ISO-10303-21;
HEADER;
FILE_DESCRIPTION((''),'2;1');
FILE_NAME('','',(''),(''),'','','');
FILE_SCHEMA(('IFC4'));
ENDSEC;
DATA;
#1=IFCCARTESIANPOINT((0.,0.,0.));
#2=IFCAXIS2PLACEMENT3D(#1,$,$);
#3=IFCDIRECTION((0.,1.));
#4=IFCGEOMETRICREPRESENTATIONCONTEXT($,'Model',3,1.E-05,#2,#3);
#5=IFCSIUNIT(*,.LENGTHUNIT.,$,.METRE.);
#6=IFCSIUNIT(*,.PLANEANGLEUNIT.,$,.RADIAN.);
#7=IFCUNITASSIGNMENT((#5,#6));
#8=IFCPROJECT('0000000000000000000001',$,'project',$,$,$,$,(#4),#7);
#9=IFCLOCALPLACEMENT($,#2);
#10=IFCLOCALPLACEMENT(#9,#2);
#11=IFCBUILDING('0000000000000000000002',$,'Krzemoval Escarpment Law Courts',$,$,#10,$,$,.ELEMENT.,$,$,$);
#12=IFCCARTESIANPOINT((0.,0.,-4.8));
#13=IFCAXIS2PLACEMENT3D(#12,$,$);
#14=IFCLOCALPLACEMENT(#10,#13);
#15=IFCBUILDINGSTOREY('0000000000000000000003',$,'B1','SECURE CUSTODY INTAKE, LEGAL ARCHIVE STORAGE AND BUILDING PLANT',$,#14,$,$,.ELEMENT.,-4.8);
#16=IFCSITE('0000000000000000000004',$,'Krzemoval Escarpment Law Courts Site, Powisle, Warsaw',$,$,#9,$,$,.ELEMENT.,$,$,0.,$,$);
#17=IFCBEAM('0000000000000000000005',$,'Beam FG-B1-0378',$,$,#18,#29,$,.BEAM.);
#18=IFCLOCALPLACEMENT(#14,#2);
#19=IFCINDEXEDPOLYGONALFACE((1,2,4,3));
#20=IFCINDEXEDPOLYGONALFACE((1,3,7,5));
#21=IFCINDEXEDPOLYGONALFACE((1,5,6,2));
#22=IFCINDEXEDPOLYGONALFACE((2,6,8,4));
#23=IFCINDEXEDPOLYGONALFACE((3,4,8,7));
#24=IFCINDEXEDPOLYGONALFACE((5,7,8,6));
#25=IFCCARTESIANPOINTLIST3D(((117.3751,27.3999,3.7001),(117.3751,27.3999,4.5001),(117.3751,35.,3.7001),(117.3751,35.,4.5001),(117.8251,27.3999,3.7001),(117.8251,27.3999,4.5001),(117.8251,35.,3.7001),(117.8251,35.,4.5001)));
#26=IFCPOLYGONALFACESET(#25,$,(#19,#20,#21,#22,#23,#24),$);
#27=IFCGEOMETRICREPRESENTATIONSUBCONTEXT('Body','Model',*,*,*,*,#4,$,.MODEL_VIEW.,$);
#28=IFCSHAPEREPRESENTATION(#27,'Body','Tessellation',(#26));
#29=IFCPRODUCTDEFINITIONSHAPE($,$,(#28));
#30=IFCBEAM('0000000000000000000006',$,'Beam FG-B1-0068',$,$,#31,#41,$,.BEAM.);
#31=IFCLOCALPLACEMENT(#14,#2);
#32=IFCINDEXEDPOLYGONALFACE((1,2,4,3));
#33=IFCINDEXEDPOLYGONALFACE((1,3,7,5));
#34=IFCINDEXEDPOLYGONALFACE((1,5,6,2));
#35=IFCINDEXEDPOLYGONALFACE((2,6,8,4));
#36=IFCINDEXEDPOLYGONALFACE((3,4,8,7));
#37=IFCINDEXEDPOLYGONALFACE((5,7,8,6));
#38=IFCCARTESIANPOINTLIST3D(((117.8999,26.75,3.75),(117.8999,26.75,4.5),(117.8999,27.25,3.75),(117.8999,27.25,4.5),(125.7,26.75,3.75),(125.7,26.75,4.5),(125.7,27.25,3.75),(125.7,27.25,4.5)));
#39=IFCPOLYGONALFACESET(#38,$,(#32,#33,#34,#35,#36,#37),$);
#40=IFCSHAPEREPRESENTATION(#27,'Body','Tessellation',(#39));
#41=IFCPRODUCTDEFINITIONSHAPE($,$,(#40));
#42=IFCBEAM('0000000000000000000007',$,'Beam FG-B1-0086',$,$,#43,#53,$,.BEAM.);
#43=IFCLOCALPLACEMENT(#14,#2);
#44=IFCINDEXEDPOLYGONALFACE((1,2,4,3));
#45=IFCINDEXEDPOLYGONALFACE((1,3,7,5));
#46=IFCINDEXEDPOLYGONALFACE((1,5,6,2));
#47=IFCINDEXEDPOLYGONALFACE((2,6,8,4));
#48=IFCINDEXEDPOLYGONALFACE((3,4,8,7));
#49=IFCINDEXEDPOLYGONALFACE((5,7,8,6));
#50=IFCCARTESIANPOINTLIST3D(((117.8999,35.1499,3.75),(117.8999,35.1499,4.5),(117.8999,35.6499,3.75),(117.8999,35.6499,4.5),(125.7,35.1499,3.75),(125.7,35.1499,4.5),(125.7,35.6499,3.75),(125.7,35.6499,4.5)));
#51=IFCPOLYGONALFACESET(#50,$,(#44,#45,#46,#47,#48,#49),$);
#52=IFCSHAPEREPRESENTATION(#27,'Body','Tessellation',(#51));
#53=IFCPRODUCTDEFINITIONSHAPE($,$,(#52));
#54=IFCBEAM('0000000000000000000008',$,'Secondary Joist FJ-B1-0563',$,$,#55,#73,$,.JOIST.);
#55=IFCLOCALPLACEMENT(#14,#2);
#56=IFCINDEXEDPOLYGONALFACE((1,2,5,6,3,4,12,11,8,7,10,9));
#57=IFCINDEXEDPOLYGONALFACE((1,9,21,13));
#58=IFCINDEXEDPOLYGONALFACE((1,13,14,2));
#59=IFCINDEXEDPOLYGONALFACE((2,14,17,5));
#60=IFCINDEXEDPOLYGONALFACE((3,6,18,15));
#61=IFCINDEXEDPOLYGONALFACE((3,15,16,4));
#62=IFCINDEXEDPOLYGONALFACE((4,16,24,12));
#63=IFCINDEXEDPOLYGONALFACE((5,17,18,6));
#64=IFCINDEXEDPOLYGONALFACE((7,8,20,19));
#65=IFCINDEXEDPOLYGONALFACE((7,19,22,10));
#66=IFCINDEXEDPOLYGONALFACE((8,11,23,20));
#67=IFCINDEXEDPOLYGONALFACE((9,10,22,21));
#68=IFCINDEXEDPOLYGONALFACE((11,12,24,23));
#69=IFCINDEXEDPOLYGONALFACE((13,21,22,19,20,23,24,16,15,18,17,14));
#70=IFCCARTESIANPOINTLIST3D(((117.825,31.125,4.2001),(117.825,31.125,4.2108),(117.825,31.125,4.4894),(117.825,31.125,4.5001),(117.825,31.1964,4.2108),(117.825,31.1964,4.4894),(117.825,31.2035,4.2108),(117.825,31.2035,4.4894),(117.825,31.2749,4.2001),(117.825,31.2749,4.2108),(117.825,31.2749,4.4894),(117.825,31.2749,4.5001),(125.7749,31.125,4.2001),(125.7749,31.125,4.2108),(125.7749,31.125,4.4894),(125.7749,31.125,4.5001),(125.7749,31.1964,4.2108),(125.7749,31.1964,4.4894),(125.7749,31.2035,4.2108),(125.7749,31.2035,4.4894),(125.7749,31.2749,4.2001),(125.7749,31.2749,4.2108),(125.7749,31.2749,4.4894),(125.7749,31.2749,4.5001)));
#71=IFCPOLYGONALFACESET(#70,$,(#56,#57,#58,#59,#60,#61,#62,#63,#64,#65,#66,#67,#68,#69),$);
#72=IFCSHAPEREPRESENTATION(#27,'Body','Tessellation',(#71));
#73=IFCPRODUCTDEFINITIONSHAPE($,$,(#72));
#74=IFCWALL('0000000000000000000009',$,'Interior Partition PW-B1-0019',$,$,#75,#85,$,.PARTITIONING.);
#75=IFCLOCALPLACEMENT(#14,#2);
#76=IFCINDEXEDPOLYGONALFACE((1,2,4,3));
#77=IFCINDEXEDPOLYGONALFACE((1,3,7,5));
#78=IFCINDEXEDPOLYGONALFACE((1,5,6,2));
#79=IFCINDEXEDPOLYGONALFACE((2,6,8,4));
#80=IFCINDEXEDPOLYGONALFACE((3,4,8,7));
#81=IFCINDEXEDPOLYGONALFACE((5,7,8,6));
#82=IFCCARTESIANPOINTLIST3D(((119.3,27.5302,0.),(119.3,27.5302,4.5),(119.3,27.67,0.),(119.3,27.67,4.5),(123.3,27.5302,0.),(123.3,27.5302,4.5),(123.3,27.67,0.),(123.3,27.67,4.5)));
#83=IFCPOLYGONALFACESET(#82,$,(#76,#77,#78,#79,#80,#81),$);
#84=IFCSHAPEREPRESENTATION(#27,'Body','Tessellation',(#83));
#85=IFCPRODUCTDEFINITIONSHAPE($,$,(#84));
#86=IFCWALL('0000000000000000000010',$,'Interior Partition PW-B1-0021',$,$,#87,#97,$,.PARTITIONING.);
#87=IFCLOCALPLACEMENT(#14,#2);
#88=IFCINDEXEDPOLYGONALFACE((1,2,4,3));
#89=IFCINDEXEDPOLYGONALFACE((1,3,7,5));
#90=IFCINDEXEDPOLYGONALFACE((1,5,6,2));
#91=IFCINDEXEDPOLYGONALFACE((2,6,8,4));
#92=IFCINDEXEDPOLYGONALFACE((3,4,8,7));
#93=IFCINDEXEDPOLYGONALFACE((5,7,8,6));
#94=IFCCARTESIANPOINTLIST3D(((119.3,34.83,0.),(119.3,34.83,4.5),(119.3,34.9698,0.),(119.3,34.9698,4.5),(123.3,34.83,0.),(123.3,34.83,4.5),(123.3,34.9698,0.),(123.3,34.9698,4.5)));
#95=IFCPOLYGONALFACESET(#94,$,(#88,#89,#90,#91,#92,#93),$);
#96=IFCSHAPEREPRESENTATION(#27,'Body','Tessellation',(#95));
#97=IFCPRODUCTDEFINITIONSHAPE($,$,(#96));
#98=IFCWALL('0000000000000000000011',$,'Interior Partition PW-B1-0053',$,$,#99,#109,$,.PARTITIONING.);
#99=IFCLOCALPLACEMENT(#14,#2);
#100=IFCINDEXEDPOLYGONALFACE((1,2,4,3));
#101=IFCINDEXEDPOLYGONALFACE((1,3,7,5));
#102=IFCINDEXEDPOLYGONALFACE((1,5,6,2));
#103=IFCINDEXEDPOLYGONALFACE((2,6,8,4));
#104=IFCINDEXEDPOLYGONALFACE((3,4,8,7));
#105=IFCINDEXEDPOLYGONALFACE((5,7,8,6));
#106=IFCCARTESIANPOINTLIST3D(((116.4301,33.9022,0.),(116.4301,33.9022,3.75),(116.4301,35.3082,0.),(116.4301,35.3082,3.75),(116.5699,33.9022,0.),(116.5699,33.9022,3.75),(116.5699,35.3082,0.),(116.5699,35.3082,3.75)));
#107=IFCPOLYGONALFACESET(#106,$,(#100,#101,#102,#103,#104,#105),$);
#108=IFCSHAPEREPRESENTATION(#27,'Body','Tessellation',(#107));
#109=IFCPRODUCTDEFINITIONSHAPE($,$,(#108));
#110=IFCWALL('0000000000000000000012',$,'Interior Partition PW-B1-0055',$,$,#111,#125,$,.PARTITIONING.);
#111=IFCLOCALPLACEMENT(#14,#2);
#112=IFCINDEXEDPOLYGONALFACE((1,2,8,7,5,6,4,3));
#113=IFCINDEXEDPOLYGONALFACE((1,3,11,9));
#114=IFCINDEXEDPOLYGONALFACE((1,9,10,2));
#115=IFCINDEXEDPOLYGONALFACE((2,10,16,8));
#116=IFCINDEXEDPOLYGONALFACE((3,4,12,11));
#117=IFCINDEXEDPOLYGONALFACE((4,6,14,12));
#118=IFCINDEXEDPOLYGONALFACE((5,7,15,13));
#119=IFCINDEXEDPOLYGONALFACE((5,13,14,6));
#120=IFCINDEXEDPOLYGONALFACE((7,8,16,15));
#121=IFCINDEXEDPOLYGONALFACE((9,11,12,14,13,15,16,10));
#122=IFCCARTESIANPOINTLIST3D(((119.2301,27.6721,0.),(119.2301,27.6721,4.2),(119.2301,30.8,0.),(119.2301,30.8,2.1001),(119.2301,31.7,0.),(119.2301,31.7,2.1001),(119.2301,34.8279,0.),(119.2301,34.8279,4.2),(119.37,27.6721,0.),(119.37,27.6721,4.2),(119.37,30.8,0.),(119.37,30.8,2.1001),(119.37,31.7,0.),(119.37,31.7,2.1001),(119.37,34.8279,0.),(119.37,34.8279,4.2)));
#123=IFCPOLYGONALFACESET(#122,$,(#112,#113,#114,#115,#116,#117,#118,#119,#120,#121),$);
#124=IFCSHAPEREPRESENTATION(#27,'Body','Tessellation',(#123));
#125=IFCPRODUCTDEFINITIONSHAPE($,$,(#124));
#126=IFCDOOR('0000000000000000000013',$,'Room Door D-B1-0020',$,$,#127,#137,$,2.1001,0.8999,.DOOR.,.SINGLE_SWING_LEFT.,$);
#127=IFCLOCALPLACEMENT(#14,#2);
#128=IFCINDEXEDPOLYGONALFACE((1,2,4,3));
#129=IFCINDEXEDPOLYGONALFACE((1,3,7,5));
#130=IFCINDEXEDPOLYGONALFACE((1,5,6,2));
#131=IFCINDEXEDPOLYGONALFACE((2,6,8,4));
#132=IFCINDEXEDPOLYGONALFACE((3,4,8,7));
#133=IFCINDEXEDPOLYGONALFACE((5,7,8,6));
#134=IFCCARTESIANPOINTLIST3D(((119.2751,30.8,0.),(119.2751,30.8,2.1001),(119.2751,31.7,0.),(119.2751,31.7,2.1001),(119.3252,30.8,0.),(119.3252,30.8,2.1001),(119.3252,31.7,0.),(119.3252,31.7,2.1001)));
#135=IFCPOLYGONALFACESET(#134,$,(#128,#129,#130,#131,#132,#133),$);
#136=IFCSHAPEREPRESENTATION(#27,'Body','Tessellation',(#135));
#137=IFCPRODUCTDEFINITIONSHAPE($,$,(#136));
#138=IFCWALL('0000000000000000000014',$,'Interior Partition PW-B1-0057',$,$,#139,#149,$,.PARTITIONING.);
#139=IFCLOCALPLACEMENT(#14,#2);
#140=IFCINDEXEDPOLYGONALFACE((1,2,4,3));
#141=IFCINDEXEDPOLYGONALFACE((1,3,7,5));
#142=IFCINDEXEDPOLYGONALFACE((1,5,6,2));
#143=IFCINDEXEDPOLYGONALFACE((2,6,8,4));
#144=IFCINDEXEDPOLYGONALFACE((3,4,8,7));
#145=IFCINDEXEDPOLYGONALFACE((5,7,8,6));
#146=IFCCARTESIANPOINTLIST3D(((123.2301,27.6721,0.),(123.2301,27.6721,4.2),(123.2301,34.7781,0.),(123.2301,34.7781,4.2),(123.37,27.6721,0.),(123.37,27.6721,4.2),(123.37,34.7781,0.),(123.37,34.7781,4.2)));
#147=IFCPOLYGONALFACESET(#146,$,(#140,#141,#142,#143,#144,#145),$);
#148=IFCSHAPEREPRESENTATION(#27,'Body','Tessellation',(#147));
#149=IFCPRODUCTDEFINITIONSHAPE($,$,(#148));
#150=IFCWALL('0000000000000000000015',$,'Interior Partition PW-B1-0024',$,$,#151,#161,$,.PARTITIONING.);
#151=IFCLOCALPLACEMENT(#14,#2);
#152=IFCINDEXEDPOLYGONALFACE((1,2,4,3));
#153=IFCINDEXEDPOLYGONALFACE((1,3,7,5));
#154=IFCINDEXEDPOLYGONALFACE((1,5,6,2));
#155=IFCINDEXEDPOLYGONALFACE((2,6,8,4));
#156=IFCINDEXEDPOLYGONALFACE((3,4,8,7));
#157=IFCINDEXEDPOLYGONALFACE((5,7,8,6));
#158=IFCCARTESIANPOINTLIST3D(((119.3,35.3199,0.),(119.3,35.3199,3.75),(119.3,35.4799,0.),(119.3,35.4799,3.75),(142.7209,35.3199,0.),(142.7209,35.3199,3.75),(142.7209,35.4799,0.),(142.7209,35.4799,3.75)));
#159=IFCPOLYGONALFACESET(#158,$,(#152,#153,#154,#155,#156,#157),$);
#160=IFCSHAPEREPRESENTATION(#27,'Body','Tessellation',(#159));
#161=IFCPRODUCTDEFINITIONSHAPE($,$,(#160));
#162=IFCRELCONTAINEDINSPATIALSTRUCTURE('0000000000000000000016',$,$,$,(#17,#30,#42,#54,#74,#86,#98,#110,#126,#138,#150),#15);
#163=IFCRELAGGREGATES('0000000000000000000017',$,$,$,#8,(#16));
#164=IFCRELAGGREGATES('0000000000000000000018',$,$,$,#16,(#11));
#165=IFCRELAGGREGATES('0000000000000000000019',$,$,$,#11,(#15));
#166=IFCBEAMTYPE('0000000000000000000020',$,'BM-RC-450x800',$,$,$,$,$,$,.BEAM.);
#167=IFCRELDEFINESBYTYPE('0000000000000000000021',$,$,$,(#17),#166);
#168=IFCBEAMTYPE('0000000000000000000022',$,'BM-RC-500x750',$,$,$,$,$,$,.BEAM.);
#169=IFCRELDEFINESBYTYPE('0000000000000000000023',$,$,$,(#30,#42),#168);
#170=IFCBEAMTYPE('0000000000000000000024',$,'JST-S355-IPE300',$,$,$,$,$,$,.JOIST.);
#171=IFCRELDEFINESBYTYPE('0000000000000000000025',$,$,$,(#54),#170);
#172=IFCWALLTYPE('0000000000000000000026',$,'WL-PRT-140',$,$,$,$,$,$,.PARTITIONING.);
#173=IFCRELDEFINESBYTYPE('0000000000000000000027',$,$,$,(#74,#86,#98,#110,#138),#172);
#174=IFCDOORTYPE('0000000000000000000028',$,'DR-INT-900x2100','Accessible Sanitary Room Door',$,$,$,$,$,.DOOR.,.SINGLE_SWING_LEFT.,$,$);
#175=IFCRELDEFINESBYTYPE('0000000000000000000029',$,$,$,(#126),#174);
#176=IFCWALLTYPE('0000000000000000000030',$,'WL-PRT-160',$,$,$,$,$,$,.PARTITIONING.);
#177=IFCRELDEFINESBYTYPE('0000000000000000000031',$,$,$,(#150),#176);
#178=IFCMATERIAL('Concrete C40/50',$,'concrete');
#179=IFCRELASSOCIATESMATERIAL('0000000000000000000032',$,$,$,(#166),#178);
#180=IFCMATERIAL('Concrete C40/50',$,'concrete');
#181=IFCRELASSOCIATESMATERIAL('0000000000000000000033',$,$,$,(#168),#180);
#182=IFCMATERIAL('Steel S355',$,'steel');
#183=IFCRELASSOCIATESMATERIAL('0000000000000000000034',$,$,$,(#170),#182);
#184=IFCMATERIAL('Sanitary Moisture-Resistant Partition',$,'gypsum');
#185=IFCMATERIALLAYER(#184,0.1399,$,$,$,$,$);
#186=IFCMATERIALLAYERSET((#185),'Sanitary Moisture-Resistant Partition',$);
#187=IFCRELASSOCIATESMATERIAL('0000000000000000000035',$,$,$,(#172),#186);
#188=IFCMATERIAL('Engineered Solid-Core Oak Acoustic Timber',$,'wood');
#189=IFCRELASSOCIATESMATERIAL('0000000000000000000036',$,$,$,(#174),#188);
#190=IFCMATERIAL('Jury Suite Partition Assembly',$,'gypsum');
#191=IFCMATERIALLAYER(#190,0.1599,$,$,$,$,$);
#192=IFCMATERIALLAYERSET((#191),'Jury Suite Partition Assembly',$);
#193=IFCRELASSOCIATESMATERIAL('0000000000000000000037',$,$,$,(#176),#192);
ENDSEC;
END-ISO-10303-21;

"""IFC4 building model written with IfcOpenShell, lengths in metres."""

from ifc_helpers import new_model, si_unit, direction, frame, frame_2d, origin, origin_2d, place, context, subcontext, project, spatial, rectangle, i_section, extrude, material, layer, layer_set, material_profile, profile_set, type_object, element, fill, save


model = new_model("IFC4")

# Units and contexts
model_context = context("Model", 3, precision=1e-05, world=origin(), true_north=direction((0.0, 1.0)))
body_context = subcontext(model_context, "Body", "Model", "MODEL_VIEW")
ifc_project = project(units=[si_unit("LENGTHUNIT", "METRE"), si_unit("PLANEANGLEUNIT", "RADIAN")], contexts=[model_context])

# Site, building, storey
site_placement = place(None, origin())
site = spatial("IfcSite", under=ifc_project, at=site_placement, Name="Krzemoval Escarpment Law Courts Site, Powisle, Warsaw", CompositionType="ELEMENT", RefElevation=0.0)
building_placement = place(site_placement, origin())
building = spatial("IfcBuilding", under=site, at=building_placement, Name="Krzemoval Escarpment Law Courts", CompositionType="ELEMENT")
storey_placement = place(building_placement, frame((0.0, 0.0, -4.8)))
storey = spatial("IfcBuildingStorey", under=building, at=storey_placement, Name="B1", Description="SECURE CUSTODY INTAKE, LEGAL ARCHIVE STORAGE AND BUILDING PLANT", CompositionType="ELEMENT", Elevation=-4.8)

# Beams
ifc_material_1 = material(Name="Concrete C40/50", Category="concrete")
ifc_material_profile_1 = material_profile(ifc_material_1, rectangle(XDim=0.45, YDim=0.8, at=origin_2d()), Name="RCB 450x800")
ifc_profile_set_1 = profile_set([ifc_material_profile_1], Name="Concrete C40/50")
beam_type_1 = type_object("IfcBeamType", Name="BM-RC-450x800", PredefinedType="BEAM", material=ifc_profile_set_1)
beam_1_placement = place(storey_placement, frame((117.6001, 27.3999, 4.1001), z_axis=(0.0, 1.0, 0.0), x_axis=(-1.0, 0.0, 0.0)))
element("IfcBeam", 1, at=beam_1_placement, inside=storey, type_object=beam_type_1, Name="Beam FG-B1-0378", PredefinedType="BEAM", context=body_context, shape_type="SweptSolid", body=[
    extrude(rectangle(XDim=0.45, YDim=0.8, at=origin_2d()), origin(), (0.0, 0.0, 1.0), 7.6001),
])
ifc_material_2 = material(Name="Concrete C40/50", Category="concrete")
ifc_material_profile_2 = material_profile(ifc_material_2, rectangle(XDim=0.5, YDim=0.75, at=origin_2d()), Name="RCB 500x750")
ifc_profile_set_2 = profile_set([ifc_material_profile_2], Name="Concrete C40/50")
beam_type_2 = type_object("IfcBeamType", Name="BM-RC-500x750", PredefinedType="BEAM", material=ifc_profile_set_2)
for number, where, z_axis, x_axis, name in (
    (2, (117.8999, 27.0, 4.125), (1.0, 0.0, 0.0), (0.0, 1.0, 0.0), "Beam FG-B1-0068"),
    (3, (117.8999, 35.3999, 4.125), (1.0, 0.0, 0.0), (0.0, 1.0, 0.0), "Beam FG-B1-0086"),
):
    element("IfcBeam", number, at=place(storey_placement, frame(where, z_axis=z_axis, x_axis=x_axis)), inside=storey, type_object=beam_type_2, Name=name, PredefinedType="BEAM", context=body_context, shape_type="SweptSolid", body=[
        extrude(rectangle(XDim=0.5, YDim=0.75, at=origin_2d()), origin(), (0.0, 0.0, 1.0), 7.8),
    ])
ifc_material_3 = material(Name="Steel S355", Category="steel")
ifc_material_profile_3 = material_profile(ifc_material_3, i_section(OverallWidth=0.1499, OverallDepth=0.3, WebThickness=0.0071, FlangeThickness=0.0107, at=origin_2d()), Name="IPE 300")
ifc_profile_set_3 = profile_set([ifc_material_profile_3], Name="Steel S355")
beam_type_3 = type_object("IfcBeamType", Name="JST-S355-IPE300", PredefinedType="JOIST", material=ifc_profile_set_3)
beam_2_placement = place(storey_placement, frame((117.825, 31.2, 4.3501), z_axis=(1.0, 0.0, 0.0), x_axis=(0.0, 1.0, 0.0)))
element("IfcBeam", 4, at=beam_2_placement, inside=storey, type_object=beam_type_3, Name="Secondary Joist FJ-B1-0563", PredefinedType="JOIST", context=body_context, shape_type="SweptSolid", body=[
    extrude(i_section(OverallWidth=0.1499, OverallDepth=0.3, WebThickness=0.0071, FlangeThickness=0.0107, at=origin_2d()), origin(), (0.0, 0.0, 1.0), 7.95),
])

# Walls
ifc_material_4 = material(Name="Sanitary Moisture-Resistant Partition", Category="gypsum")
ifc_layer_1 = layer(ifc_material_4, 0.1399)
ifc_layer_set_1 = layer_set([ifc_layer_1], Name="Sanitary Moisture-Resistant Partition")
wall_type_1 = type_object("IfcWallType", Name="WL-PRT-140", PredefinedType="PARTITIONING", material=ifc_layer_set_1)
for number, where, z_axis, x_axis, name in (
    (5, (119.3, 27.6001, 0.0), (0.0, 0.0, 1.0), (1.0, 0.0, 0.0), "Interior Partition PW-B1-0019"),
    (6, (119.3, 34.8999, 0.0), (0.0, 0.0, 1.0), (1.0, 0.0, 0.0), "Interior Partition PW-B1-0021"),
):
    element("IfcWall", number, at=place(storey_placement, frame(where, z_axis=z_axis, x_axis=x_axis)), inside=storey, type_object=wall_type_1, Name=name, PredefinedType="PARTITIONING", context=body_context, shape_type="SweptSolid", body=[
        extrude(rectangle(XDim=4.0, YDim=0.1399, at=frame_2d((2.0, 0.0))), origin(), (0.0, 0.0, 1.0), 4.5),
    ])
wall_1_placement = place(storey_placement, frame((116.5, 33.9021, 0.0), z_axis=(0.0, 0.0, 1.0), x_axis=(0.0, 1.0, 0.0)))
element("IfcWall", 7, at=wall_1_placement, inside=storey, type_object=wall_type_1, Name="Interior Partition PW-B1-0053", PredefinedType="PARTITIONING", context=body_context, shape_type="SweptSolid", body=[
    extrude(rectangle(XDim=1.406, YDim=0.1399, at=frame_2d((0.7031, 0.0))), origin(), (0.0, 0.0, 1.0), 3.75),
])

# Wall, opening, door
wall_2_placement = place(storey_placement, frame((119.3, 27.6721, 0.0), z_axis=(0.0, 0.0, 1.0), x_axis=(0.0, 1.0, 0.0)))
wall_2 = element("IfcWall", 8, at=wall_2_placement, inside=storey, type_object=wall_type_1, Name="Interior Partition PW-B1-0055", PredefinedType="PARTITIONING", context=body_context, shape_type="SweptSolid", body=[
    extrude(rectangle(XDim=7.1558, YDim=0.1399, at=frame_2d((3.5779, 0.0))), origin(), (0.0, 0.0, 1.0), 4.2),
])
opening_1_placement = place(wall_2_placement, frame((3.1279, 0.0, 0.0)))
opening_1 = element("IfcOpeningElement", 9, at=opening_1_placement, cuts=wall_2, PredefinedType="OPENING", context=body_context, shape_type="SweptSolid", body=[
    extrude(rectangle(XDim=0.8999, YDim=2.1001, at=frame_2d((0.45, 1.05))), frame((0.0, 0.0849, 0.0), z_axis=(0.0, -1.0, 0.0), x_axis=(1.0, 0.0, 0.0)), (0.0, 0.0, 1.0), 0.1699),
])
ifc_material_5 = material(Name="Engineered Solid-Core Oak Acoustic Timber", Category="wood")
door_type_1 = type_object("IfcDoorType", Name="DR-INT-900x2100", Description="Accessible Sanitary Room Door", OperationType="SINGLE_SWING_LEFT", PredefinedType="DOOR", material=ifc_material_5)
door_1_placement = place(opening_1_placement, origin())
door_1 = element("IfcDoor", 10, at=door_1_placement, inside=storey, type_object=door_type_1, Name="Room Door D-B1-0020", OperationType="SINGLE_SWING_LEFT", OverallHeight=2.1001, OverallWidth=0.8999, PredefinedType="DOOR", context=body_context, shape_type="SweptSolid", body=[
    extrude(rectangle(XDim=0.8999, YDim=2.1001, at=frame_2d((0.45, 1.05))), frame((0.0, 0.0249, 0.0), z_axis=(0.0, -1.0, 0.0), x_axis=(1.0, 0.0, 0.0)), (0.0, 0.0, 1.0), 0.05),
])
fill(opening_1, door_1)

# Walls
wall_3_placement = place(storey_placement, frame((123.3, 27.6721, 0.0), z_axis=(0.0, 0.0, 1.0), x_axis=(0.0, 1.0, 0.0)))
element("IfcWall", 11, at=wall_3_placement, inside=storey, type_object=wall_type_1, Name="Interior Partition PW-B1-0057", PredefinedType="PARTITIONING", context=body_context, shape_type="SweptSolid", body=[
    extrude(rectangle(XDim=7.106, YDim=0.1399, at=frame_2d((3.553, 0.0))), origin(), (0.0, 0.0, 1.0), 4.2),
])
ifc_material_6 = material(Name="Jury Suite Partition Assembly", Category="gypsum")
ifc_layer_2 = layer(ifc_material_6, 0.1599)
ifc_layer_set_2 = layer_set([ifc_layer_2], Name="Jury Suite Partition Assembly")
wall_type_2 = type_object("IfcWallType", Name="WL-PRT-160", PredefinedType="PARTITIONING", material=ifc_layer_set_2)
wall_4_placement = place(storey_placement, frame((119.3, 35.3999, 0.0), z_axis=(0.0, 0.0, 1.0), x_axis=(1.0, 0.0, 0.0)))
element("IfcWall", 12, at=wall_4_placement, inside=storey, type_object=wall_type_2, Name="Interior Partition PW-B1-0024", PredefinedType="PARTITIONING", context=body_context, shape_type="SweptSolid", body=[
    extrude(rectangle(XDim=23.4209, YDim=0.1599, at=frame_2d((11.7104, 0.0))), origin(), (0.0, 0.0, 1.0), 3.75),
])

save(model, "model.ifc")
